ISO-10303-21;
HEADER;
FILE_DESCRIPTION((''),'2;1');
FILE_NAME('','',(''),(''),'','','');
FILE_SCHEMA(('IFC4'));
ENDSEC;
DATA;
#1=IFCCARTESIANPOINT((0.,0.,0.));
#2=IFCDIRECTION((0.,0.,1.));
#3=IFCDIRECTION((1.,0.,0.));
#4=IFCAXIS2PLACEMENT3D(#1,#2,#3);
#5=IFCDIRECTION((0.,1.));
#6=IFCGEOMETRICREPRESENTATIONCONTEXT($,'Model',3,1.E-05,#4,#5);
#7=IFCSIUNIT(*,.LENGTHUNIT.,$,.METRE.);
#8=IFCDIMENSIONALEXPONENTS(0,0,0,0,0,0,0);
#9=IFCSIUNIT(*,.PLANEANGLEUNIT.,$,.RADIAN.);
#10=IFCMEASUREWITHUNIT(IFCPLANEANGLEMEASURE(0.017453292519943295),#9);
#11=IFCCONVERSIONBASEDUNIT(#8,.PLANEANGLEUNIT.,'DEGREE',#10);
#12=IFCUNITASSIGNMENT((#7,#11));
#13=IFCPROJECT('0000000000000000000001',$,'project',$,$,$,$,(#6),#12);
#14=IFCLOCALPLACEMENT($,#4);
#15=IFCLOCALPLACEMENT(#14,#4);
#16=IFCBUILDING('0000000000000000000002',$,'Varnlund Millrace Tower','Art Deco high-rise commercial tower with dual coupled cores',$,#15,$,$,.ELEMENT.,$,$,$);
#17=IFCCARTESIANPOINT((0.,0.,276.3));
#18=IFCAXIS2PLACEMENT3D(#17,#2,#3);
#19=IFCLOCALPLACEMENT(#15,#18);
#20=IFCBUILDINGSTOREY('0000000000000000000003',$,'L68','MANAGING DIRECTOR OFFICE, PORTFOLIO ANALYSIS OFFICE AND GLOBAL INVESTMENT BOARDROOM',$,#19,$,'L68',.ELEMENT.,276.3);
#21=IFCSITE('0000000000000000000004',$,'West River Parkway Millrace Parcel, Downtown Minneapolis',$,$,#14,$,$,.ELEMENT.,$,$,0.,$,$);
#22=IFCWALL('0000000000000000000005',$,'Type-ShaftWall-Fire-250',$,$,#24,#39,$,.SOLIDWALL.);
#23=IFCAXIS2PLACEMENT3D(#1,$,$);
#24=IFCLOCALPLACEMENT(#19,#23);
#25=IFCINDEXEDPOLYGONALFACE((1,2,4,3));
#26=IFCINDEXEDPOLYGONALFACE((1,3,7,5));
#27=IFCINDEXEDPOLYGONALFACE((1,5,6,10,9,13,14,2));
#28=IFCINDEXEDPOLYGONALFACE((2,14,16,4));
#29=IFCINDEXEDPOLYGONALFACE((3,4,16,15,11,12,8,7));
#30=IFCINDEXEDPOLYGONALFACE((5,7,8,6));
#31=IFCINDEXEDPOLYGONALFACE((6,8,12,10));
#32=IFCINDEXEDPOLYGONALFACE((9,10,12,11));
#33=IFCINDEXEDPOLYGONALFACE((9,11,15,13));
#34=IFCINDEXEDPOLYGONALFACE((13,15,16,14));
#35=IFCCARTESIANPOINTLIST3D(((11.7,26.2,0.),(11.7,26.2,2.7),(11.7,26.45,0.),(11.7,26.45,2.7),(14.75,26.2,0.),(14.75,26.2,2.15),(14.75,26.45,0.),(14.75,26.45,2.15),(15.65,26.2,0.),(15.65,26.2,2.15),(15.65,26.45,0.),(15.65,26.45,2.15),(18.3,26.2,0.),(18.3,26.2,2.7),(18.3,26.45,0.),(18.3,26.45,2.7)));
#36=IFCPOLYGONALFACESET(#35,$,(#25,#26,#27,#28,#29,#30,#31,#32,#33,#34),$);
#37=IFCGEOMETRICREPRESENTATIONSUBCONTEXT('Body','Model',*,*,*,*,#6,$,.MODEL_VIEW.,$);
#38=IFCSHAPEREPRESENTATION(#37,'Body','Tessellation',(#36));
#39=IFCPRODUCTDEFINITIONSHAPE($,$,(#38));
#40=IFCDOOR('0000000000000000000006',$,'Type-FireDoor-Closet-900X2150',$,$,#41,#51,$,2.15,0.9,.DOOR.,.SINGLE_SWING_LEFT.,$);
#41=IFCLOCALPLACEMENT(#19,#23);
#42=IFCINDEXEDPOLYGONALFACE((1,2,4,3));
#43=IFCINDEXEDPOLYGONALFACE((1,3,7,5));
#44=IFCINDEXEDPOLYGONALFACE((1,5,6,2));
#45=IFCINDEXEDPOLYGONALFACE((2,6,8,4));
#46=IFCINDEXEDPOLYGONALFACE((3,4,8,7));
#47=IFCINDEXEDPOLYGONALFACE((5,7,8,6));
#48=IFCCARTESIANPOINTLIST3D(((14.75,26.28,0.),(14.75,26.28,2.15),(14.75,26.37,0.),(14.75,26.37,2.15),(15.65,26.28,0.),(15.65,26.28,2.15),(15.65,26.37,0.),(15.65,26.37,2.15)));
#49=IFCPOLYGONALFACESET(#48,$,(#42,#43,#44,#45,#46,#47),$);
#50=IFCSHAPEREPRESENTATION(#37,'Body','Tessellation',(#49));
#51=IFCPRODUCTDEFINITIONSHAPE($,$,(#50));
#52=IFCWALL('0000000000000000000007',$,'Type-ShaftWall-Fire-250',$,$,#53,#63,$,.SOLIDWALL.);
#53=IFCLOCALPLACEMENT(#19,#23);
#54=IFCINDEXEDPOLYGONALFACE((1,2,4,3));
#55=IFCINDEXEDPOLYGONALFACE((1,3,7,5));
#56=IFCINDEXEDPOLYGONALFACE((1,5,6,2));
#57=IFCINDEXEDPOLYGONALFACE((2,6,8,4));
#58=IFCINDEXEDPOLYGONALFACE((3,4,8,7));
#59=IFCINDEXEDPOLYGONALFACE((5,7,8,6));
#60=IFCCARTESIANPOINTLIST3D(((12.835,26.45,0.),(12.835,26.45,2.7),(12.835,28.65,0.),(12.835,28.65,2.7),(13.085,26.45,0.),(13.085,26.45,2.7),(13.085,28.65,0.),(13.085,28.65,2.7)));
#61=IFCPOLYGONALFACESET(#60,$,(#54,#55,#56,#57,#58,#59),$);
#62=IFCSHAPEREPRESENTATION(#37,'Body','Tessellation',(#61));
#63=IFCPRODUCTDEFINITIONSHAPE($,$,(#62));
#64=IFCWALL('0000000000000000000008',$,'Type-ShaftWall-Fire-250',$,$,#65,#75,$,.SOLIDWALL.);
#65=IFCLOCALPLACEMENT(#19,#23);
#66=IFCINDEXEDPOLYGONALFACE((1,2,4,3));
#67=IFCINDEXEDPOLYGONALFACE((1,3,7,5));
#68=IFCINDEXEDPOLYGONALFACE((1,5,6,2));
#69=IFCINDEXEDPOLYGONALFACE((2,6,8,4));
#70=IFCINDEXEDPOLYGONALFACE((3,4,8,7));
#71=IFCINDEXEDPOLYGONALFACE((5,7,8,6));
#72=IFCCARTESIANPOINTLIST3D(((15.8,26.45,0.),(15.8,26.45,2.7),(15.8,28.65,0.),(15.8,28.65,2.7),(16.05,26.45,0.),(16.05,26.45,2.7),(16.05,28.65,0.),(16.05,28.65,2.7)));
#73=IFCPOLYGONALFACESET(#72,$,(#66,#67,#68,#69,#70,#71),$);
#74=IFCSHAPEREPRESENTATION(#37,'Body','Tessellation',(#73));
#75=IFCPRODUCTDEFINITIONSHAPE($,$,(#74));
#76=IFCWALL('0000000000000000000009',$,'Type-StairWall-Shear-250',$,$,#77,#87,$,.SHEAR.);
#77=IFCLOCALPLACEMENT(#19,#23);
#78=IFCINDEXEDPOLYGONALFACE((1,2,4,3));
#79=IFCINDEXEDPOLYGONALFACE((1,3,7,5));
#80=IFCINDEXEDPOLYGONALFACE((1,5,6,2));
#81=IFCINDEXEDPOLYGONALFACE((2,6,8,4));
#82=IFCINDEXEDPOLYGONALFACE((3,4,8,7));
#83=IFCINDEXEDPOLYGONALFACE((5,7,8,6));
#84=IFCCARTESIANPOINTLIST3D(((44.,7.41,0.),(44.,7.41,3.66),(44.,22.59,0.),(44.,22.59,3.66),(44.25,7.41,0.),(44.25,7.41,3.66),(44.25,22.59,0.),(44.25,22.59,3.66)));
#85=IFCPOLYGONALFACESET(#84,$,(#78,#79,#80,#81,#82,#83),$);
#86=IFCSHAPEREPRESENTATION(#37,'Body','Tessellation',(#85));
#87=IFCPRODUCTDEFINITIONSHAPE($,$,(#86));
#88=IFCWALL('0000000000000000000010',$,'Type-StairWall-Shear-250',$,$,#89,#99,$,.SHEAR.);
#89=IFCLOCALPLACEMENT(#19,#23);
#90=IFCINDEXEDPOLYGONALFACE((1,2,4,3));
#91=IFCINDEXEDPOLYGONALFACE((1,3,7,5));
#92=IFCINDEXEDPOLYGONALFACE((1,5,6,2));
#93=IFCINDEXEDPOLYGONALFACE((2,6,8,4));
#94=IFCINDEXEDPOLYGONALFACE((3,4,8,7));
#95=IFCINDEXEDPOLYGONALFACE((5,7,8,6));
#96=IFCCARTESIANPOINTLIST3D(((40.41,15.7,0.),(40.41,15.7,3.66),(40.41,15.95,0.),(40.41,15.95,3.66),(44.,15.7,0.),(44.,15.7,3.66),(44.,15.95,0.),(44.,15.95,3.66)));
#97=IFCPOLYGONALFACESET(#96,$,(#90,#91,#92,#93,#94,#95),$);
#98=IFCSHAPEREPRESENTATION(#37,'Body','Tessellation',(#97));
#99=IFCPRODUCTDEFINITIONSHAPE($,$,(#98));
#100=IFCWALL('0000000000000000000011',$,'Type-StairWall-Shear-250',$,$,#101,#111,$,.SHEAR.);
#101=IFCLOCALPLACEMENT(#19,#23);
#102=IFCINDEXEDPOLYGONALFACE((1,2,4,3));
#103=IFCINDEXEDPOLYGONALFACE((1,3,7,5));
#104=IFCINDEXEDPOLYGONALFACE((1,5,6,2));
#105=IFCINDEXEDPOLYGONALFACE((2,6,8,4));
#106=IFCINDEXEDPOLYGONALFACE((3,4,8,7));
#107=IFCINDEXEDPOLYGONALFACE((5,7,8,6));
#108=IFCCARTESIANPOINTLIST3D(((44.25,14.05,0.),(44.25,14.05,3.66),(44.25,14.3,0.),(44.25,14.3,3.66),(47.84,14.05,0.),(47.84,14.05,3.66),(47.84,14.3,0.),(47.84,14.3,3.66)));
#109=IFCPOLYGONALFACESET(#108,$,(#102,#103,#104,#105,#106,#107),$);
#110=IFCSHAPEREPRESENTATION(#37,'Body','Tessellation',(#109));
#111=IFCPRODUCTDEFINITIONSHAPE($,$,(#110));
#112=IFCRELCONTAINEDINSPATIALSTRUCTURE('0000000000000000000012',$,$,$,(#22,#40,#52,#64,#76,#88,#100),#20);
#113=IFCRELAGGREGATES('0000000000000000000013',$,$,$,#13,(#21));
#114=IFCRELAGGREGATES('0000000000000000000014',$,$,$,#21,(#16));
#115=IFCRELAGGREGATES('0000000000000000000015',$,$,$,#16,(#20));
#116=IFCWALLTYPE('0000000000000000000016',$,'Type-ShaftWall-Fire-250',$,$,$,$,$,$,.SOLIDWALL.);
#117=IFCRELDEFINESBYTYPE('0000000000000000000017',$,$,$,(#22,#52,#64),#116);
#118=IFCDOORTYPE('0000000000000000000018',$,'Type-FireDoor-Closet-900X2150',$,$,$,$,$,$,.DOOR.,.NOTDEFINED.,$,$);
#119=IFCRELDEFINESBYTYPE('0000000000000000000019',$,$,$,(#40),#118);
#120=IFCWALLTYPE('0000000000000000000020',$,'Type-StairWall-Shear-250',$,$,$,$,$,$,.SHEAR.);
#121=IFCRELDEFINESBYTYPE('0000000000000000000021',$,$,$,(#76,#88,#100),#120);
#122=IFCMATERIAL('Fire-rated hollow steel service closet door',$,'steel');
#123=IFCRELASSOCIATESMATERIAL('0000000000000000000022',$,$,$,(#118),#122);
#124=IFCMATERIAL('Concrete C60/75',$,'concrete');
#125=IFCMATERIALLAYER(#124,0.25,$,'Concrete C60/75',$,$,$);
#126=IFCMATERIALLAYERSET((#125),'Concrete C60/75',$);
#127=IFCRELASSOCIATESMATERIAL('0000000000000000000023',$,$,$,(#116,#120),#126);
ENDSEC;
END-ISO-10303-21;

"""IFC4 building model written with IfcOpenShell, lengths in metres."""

from ifc_helpers import new_model, entity, si_unit, converted_unit, direction, frame, origin_with_axes, origin_2d_with_axis, place, context, subcontext, project, spatial, polyline, rectangle, outline, extrude, material, layer, layer_set, type_object, element, fill, save


model = new_model("IFC4")

# Units and contexts
model_context = context("Model", 3, precision=1e-05, world=origin_with_axes(), true_north=direction((0.0, 1.0)))
body_context = subcontext(model_context, "Body", "Model", "MODEL_VIEW")
ifc_project = project(units=[si_unit("LENGTHUNIT", "METRE"), converted_unit("PLANEANGLEUNIT", "DEGREE", entity("IfcPlaneAngleMeasure", 0.017453292519943295), si_unit("PLANEANGLEUNIT", "RADIAN"), dimensions=[0, 0, 0, 0, 0, 0, 0])], contexts=[model_context])

# Site, building, storey
site_placement = place(None, origin_with_axes())
site = spatial("IfcSite", under=ifc_project, at=site_placement, Name="West River Parkway Millrace Parcel, Downtown Minneapolis", CompositionType="ELEMENT", RefElevation=0.0)
building_placement = place(site_placement, origin_with_axes())
building = spatial("IfcBuilding", under=site, at=building_placement, Name="Varnlund Millrace Tower", Description="Art Deco high-rise commercial tower with dual coupled cores", CompositionType="ELEMENT")
storey_placement = place(building_placement, frame((0.0, 0.0, 276.3), z_axis=(0.0, 0.0, 1.0), x_axis=(1.0, 0.0, 0.0)))
storey = spatial("IfcBuildingStorey", under=building, at=storey_placement, Name="L68", Description="MANAGING DIRECTOR OFFICE, PORTFOLIO ANALYSIS OFFICE AND GLOBAL INVESTMENT BOARDROOM", LongName="L68", CompositionType="ELEMENT", Elevation=276.3)

# Shared definitions
ifc_material_1 = material(Name="Concrete C60/75", Category="concrete")
ifc_material_2 = material(Name="Fire-rated hollow steel service closet door", Category="steel")
door_type_1 = type_object("IfcDoorType", Name="Type-FireDoor-Closet-900X2150", OperationType="NOTDEFINED", PredefinedType="DOOR", material=ifc_material_2)

# Shared definitions
ifc_layer_1 = layer(ifc_material_1, 0.25, Name="Concrete C60/75")
ifc_layer_set_1 = layer_set([ifc_layer_1], Name="Concrete C60/75")
wall_type_1 = type_object("IfcWallType", Name="Type-ShaftWall-Fire-250", PredefinedType="SOLIDWALL", material=ifc_layer_set_1)

# Wall, opening, door
wall_1_placement = place(storey_placement, frame((11.7, 26.325, 0.0), z_axis=(0.0, 0.0, 1.0), x_axis=(1.0, 0.0, 0.0)))
wall_1 = element("IfcWall", 1, at=wall_1_placement, inside=storey, type_object=wall_type_1, Name="Type-ShaftWall-Fire-250", PredefinedType="SOLIDWALL", context=body_context, shape_type="SweptSolid", body=[
    extrude(outline(polyline([(0.0, -0.125), (6.6, -0.125), (6.6, 0.125), (0.0, 0.125), (0.0, -0.125)])), origin_with_axes(), (0.0, 0.0, 1.0), 2.7),
])
opening_1_placement = place(wall_1_placement, frame((3.5, 0.0, 0.0), z_axis=(0.0, 0.0, 1.0), x_axis=(1.0, 0.0, 0.0)))
opening_1 = element("IfcOpeningElement", 2, at=opening_1_placement, cuts=wall_1, PredefinedType="OPENING", context=body_context, shape_type="SweptSolid", body=[
    extrude(rectangle(XDim=0.9, YDim=0.27, at=origin_2d_with_axis()), origin_with_axes(), (0.0, 0.0, 1.0), 2.15),
])
door_1_placement = place(wall_1_placement, frame((3.5, 0.0, 0.0), z_axis=(0.0, 0.0, 1.0), x_axis=(1.0, 0.0, 0.0)))
door_1 = element("IfcDoor", 3, at=door_1_placement, inside=storey, type_object=door_type_1, Name="Type-FireDoor-Closet-900X2150", OperationType="SINGLE_SWING_LEFT", OverallHeight=2.15, OverallWidth=0.9, PredefinedType="DOOR", context=body_context, shape_type="SweptSolid", body=[
    extrude(rectangle(XDim=0.9, YDim=0.09, at=origin_2d_with_axis()), origin_with_axes(), (0.0, 0.0, 1.0), 2.15),
])
fill(opening_1, door_1)

# Walls
for number, where, z_axis, x_axis, name in (
    (4, (12.96, 26.45, 0.0), (0.0, 0.0, 1.0), (0.0, 1.0, 0.0), "Type-ShaftWall-Fire-250"),
    (5, (15.925, 26.45, 0.0), (0.0, 0.0, 1.0), (0.0, 1.0, 0.0), "Type-ShaftWall-Fire-250"),
):
    element("IfcWall", number, at=place(storey_placement, frame(where, z_axis=z_axis, x_axis=x_axis)), inside=storey, type_object=wall_type_1, Name=name, PredefinedType="SOLIDWALL", context=body_context, shape_type="SweptSolid", body=[
        extrude(outline(polyline([(0.0, -0.125), (2.2, -0.125), (2.2, 0.125), (0.0, 0.125), (0.0, -0.125)])), origin_with_axes(), (0.0, 0.0, 1.0), 2.7),
    ])
wall_type_2 = type_object("IfcWallType", Name="Type-StairWall-Shear-250", PredefinedType="SHEAR", material=ifc_layer_set_1)
wall_2_placement = place(storey_placement, frame((44.125, 7.41, 0.0), z_axis=(0.0, 0.0, 1.0), x_axis=(0.0, 1.0, 0.0)))
element("IfcWall", 6, at=wall_2_placement, inside=storey, type_object=wall_type_2, Name="Type-StairWall-Shear-250", PredefinedType="SHEAR", context=body_context, shape_type="SweptSolid", body=[
    extrude(outline(polyline([(0.0, -0.125), (15.18, -0.125), (15.18, 0.125), (0.0, 0.125), (0.0, -0.125)])), origin_with_axes(), (0.0, 0.0, 1.0), 3.66),
])
for number, where, z_axis, x_axis, name in (
    (7, (40.41, 15.825, 0.0), (0.0, 0.0, 1.0), (1.0, 0.0, 0.0), "Type-StairWall-Shear-250"),
    (8, (44.25, 14.175, 0.0), (0.0, 0.0, 1.0), (1.0, 0.0, 0.0), "Type-StairWall-Shear-250"),
):
    element("IfcWall", number, at=place(storey_placement, frame(where, z_axis=z_axis, x_axis=x_axis)), inside=storey, type_object=wall_type_2, Name=name, PredefinedType="SHEAR", context=body_context, shape_type="SweptSolid", body=[
        extrude(outline(polyline([(0.0, -0.125), (3.59, -0.125), (3.59, 0.125), (0.0, 0.125), (0.0, -0.125)])), origin_with_axes(), (0.0, 0.0, 1.0), 3.66),
    ])

save(model, "model.ifc")
